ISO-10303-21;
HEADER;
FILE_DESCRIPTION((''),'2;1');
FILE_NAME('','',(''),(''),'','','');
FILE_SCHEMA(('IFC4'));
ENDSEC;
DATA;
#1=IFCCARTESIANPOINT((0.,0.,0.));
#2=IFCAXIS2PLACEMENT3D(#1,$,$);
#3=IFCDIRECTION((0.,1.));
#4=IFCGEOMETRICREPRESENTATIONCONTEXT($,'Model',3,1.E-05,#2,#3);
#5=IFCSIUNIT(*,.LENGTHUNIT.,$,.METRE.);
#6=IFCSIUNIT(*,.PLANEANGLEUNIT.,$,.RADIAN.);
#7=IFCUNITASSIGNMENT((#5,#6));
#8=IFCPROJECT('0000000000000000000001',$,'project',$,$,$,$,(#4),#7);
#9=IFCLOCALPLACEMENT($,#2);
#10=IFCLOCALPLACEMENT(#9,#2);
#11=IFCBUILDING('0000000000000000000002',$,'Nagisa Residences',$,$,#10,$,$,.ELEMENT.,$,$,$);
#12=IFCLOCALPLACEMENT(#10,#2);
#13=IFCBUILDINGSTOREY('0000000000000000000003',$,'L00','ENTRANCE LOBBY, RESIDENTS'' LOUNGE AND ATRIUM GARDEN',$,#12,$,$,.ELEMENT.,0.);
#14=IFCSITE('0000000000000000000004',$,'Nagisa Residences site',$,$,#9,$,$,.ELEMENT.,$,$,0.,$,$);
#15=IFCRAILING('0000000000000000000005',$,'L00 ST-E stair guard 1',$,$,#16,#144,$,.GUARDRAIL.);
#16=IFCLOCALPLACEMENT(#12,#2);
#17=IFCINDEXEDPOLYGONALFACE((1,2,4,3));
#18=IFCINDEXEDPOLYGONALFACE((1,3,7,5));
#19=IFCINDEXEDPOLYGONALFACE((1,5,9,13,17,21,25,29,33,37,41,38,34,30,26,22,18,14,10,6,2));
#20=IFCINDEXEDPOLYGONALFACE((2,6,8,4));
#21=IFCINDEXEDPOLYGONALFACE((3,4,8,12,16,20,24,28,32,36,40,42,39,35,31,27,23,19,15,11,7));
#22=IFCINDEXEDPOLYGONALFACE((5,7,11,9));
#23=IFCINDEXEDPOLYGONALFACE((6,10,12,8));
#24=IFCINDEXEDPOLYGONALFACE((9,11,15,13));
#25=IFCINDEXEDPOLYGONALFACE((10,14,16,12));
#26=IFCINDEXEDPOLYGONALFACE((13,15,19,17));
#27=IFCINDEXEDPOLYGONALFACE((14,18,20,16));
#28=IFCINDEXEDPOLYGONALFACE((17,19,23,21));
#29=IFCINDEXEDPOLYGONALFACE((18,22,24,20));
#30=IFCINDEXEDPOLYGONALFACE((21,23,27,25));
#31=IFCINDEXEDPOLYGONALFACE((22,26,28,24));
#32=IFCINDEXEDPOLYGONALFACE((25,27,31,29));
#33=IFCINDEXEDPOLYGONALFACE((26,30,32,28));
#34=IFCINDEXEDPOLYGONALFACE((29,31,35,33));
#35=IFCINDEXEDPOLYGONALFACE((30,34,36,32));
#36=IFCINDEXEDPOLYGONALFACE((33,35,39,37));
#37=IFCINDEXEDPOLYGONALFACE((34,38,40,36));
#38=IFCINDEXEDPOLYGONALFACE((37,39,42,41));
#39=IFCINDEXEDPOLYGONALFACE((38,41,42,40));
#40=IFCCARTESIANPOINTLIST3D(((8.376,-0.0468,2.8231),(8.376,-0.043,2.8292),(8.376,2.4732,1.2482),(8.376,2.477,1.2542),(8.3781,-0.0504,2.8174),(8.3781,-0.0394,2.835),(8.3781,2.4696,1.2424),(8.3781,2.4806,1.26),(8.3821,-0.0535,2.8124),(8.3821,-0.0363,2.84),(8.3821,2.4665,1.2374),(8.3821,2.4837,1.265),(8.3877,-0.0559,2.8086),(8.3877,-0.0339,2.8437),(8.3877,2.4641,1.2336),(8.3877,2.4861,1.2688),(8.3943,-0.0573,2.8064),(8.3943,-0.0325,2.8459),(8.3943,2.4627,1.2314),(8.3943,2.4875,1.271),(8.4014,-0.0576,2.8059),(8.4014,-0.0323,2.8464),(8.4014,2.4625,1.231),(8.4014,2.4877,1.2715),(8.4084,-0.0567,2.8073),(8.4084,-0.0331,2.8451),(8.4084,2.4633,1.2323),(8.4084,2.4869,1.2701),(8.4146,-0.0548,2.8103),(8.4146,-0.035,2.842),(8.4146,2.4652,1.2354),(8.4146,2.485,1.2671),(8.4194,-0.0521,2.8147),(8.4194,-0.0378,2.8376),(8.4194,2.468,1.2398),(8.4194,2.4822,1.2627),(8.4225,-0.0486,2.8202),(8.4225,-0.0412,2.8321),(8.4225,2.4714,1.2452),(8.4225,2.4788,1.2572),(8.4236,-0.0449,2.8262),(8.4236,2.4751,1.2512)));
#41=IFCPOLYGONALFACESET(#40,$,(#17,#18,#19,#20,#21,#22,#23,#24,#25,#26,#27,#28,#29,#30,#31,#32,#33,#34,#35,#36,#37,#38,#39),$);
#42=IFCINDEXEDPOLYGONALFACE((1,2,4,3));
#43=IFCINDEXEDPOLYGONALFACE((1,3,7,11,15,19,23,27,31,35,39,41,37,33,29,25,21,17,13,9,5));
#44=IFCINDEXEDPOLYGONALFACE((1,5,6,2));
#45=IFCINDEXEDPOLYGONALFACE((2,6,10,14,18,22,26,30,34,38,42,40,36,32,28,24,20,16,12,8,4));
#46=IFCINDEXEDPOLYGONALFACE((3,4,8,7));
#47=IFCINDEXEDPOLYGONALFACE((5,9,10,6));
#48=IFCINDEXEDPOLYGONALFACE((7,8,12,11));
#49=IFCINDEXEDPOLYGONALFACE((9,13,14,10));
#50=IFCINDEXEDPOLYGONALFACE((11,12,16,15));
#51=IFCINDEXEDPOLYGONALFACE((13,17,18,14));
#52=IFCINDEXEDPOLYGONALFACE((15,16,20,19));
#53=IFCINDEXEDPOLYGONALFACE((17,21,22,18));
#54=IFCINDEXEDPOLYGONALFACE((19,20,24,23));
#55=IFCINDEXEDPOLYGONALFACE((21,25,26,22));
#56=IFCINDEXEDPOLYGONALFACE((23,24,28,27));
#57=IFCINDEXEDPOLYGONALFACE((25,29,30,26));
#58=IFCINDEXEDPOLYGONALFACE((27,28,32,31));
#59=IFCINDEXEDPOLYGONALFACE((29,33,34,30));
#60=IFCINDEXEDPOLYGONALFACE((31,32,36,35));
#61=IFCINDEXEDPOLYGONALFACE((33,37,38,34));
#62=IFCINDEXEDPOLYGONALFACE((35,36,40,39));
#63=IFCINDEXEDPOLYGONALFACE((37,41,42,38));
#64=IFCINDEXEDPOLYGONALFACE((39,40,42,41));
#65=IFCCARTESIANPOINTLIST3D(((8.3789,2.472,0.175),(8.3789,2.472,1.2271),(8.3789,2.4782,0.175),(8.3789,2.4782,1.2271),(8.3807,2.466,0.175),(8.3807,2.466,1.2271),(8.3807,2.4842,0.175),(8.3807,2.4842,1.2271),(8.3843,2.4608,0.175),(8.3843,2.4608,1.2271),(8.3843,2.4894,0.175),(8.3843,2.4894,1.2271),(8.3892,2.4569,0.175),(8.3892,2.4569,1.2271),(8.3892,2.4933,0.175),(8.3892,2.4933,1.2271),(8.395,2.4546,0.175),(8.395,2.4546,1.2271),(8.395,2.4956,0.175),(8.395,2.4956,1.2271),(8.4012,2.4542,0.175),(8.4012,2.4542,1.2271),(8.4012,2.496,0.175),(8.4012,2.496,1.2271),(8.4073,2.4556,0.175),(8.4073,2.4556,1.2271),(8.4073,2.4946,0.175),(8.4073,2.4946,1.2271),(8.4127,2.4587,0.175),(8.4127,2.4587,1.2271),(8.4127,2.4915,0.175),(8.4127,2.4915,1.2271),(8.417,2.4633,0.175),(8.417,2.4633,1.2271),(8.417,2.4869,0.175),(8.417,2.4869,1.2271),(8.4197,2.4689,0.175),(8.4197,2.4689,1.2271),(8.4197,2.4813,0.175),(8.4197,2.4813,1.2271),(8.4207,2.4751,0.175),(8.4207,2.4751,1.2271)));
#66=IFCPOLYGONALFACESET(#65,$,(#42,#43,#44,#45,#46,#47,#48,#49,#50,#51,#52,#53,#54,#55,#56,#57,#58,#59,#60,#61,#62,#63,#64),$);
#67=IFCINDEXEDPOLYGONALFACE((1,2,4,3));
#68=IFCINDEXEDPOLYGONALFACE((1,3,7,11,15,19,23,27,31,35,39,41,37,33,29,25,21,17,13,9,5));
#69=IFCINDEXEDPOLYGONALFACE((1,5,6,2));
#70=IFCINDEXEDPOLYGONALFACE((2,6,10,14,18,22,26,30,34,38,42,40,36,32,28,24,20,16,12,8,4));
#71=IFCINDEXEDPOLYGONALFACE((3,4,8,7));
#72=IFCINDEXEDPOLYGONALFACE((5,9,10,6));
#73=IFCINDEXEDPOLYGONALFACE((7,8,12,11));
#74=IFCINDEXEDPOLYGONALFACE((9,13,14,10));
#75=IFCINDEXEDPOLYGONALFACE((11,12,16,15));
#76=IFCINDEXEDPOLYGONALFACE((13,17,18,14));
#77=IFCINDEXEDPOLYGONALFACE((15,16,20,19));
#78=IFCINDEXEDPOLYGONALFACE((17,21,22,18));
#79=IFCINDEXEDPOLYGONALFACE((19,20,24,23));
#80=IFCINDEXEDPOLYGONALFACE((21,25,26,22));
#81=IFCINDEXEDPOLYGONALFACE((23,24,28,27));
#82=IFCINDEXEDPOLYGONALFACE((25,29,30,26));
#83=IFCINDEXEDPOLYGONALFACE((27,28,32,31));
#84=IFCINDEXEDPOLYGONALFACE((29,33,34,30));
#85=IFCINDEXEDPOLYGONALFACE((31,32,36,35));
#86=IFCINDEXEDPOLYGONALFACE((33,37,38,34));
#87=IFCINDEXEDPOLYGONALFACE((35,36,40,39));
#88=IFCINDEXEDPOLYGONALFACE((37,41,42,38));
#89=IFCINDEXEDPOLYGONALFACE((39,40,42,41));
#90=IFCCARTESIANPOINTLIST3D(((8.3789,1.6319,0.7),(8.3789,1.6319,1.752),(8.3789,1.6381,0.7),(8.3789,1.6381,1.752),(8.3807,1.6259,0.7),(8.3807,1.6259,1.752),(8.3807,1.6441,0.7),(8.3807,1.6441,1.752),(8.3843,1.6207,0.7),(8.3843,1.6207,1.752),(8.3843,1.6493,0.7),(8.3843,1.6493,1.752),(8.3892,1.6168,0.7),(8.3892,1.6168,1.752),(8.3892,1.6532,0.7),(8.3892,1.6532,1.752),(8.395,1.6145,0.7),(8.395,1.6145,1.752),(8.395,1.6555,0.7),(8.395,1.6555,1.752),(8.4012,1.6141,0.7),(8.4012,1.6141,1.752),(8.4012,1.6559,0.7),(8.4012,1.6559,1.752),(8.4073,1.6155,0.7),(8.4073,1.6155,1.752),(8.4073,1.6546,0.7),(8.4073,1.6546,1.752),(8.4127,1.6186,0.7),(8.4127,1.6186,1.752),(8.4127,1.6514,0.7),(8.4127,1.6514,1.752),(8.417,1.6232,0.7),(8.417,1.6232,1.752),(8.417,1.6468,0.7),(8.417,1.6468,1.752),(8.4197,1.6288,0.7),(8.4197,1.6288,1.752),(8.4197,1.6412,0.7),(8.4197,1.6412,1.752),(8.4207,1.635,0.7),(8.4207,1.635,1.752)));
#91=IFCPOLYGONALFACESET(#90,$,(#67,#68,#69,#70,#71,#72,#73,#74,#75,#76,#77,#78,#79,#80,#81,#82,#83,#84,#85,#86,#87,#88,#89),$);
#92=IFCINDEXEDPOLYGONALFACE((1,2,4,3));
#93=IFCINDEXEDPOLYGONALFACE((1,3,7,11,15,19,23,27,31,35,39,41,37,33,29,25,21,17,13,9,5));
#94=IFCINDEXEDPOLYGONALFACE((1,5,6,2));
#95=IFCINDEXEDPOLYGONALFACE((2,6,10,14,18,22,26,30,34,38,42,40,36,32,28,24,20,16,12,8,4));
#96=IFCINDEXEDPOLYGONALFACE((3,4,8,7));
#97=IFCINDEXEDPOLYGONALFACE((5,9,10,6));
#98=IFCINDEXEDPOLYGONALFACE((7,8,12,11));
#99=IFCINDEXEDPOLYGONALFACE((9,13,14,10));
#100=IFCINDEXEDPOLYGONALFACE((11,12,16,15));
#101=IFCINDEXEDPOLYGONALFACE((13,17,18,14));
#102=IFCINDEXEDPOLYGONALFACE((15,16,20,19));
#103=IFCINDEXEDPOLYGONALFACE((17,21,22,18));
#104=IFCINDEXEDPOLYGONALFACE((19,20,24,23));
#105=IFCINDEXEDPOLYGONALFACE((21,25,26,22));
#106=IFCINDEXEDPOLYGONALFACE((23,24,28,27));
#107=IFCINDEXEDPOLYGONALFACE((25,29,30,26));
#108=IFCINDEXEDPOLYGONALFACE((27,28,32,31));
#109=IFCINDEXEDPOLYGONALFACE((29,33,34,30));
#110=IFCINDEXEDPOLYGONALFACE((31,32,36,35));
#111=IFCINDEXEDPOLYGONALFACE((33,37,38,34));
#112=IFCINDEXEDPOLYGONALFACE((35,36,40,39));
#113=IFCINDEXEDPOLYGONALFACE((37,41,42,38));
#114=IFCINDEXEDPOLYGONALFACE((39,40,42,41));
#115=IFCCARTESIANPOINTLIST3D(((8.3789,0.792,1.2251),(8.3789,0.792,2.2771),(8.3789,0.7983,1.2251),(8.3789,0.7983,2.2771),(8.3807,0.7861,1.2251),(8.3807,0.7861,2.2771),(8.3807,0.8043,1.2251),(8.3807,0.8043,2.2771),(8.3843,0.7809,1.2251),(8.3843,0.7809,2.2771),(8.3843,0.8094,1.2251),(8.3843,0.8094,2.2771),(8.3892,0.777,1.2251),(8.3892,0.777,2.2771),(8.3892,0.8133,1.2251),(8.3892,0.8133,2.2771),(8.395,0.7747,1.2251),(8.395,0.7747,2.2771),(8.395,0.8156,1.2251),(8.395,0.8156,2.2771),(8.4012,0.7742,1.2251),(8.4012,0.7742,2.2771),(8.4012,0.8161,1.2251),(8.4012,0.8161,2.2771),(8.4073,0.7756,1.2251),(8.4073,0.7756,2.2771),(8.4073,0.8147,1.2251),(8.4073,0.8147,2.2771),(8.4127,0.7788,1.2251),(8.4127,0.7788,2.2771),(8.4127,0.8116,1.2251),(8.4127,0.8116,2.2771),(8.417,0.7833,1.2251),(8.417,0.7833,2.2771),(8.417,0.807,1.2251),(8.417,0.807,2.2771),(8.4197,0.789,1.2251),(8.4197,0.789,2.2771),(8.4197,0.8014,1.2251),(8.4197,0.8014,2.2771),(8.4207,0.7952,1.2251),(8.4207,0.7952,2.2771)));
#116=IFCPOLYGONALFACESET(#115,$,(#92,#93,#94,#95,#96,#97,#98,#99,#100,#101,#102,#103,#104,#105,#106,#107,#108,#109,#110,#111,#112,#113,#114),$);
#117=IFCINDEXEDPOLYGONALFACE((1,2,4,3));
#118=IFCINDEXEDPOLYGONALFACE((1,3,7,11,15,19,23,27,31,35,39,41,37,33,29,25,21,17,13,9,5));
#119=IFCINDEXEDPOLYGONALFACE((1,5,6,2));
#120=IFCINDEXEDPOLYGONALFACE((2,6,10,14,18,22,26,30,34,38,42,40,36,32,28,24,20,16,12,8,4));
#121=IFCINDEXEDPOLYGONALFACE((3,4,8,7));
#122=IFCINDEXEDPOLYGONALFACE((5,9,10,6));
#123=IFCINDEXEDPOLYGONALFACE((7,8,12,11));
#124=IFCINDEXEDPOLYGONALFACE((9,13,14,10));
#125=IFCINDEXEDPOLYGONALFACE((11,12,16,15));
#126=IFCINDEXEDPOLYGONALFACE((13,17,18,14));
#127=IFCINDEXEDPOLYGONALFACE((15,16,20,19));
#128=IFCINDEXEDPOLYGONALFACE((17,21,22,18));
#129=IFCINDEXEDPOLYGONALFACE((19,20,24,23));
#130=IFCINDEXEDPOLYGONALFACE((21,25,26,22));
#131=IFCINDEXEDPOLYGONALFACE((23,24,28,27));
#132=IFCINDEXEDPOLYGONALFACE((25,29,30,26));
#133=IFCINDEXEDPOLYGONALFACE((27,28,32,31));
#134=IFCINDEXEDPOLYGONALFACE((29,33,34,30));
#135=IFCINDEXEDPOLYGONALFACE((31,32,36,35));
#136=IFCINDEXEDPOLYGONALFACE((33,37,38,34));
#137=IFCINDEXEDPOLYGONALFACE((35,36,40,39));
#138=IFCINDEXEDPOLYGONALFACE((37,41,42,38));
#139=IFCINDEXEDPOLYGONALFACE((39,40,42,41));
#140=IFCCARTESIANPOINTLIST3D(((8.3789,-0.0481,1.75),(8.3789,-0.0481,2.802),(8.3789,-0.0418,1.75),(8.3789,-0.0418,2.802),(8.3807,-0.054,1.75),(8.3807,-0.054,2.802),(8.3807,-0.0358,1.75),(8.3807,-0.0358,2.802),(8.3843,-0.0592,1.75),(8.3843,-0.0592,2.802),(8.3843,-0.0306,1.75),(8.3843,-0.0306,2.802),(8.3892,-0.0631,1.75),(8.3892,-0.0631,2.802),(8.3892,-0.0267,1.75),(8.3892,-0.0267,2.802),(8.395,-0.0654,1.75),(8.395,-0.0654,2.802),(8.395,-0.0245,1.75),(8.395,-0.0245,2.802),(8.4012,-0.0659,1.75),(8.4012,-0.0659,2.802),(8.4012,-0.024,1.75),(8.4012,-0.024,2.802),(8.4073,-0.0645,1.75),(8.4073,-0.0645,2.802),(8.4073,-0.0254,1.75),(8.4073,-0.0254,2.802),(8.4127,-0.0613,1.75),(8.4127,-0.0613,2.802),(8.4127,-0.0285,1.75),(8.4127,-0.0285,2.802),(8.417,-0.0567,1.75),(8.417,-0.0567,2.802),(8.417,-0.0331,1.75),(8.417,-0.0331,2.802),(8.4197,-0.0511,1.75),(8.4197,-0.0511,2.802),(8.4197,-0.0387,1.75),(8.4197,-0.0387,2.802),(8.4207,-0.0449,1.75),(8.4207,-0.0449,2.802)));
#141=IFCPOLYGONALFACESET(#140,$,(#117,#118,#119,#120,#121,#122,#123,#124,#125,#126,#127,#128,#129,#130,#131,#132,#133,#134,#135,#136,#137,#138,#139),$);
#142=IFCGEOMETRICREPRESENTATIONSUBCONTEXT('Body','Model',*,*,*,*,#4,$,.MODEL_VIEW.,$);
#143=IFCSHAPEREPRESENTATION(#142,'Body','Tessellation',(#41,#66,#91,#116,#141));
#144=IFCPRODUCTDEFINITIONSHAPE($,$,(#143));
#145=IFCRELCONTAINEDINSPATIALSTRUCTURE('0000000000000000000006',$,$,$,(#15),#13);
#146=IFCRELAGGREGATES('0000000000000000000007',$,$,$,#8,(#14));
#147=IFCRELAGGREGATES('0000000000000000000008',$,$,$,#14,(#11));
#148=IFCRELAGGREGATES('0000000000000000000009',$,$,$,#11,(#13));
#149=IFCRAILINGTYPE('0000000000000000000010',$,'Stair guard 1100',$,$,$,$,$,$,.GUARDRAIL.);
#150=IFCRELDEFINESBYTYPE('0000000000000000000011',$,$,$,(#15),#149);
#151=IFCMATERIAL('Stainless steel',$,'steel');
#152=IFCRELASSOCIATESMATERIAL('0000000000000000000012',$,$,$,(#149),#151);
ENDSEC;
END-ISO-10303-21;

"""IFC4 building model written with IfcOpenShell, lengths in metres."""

from ifc_helpers import new_model, si_unit, direction, frame, origin, origin_2d, place, context, subcontext, project, spatial, circle, extrude, material, type_object, element, save


model = new_model("IFC4")

# Units and contexts
model_context = context("Model", 3, precision=1e-05, world=origin(), true_north=direction((0.0, 1.0)))
body_context = subcontext(model_context, "Body", "Model", "MODEL_VIEW")
ifc_project = project(units=[si_unit("LENGTHUNIT", "METRE"), si_unit("PLANEANGLEUNIT", "RADIAN")], contexts=[model_context])

# Site, building, storey
site_placement = place(None, origin())
site = spatial("IfcSite", under=ifc_project, at=site_placement, Name="Nagisa Residences site", CompositionType="ELEMENT", RefElevation=0.0)
building_placement = place(site_placement, origin())
building = spatial("IfcBuilding", under=site, at=building_placement, Name="Nagisa Residences", CompositionType="ELEMENT")
storey_placement = place(building_placement, origin())
storey = spatial("IfcBuildingStorey", under=building, at=storey_placement, Name="L00", Description="ENTRANCE LOBBY, RESIDENTS' LOUNGE AND ATRIUM GARDEN", CompositionType="ELEMENT", Elevation=0.0)

# Railing
ifc_material_1 = material(Name="Stainless steel", Category="steel")
railing_type_1 = type_object("IfcRailingType", Name="Stair guard 1100", PredefinedType="GUARDRAIL", material=ifc_material_1)
railing_1_placement = place(storey_placement, frame((8.3997, 2.4751, 0.175)))
element("IfcRailing", 1, at=railing_1_placement, inside=storey, type_object=railing_type_1, Name="L00 ST-E stair guard 1", PredefinedType="GUARDRAIL", context=body_context, shape_type="SweptSolid", body=[
    extrude(circle(Radius=0.0239, at=origin_2d()), frame((0.0, 0.0, 1.0762), z_axis=(0.0, -0.848008, 0.529984), x_axis=(1.0, 0.0, 0.0)), (0.0, 0.0, 1.0), 2.9717),
    extrude(circle(Radius=0.021, at=origin_2d()), origin(), (0.0, 0.0, 1.0), 1.052),
    extrude(circle(Radius=0.021, at=origin_2d()), frame((0.0, -0.8401, 0.5249)), (0.0, 0.0, 1.0), 1.052),
    extrude(circle(Radius=0.021, at=origin_2d()), frame((0.0, -1.6799, 1.05)), (0.0, 0.0, 1.0), 1.052),
    extrude(circle(Radius=0.021, at=origin_2d()), frame((0.0, -2.52, 1.575)), (0.0, 0.0, 1.0), 1.052),
])

save(model, "model.ifc")
